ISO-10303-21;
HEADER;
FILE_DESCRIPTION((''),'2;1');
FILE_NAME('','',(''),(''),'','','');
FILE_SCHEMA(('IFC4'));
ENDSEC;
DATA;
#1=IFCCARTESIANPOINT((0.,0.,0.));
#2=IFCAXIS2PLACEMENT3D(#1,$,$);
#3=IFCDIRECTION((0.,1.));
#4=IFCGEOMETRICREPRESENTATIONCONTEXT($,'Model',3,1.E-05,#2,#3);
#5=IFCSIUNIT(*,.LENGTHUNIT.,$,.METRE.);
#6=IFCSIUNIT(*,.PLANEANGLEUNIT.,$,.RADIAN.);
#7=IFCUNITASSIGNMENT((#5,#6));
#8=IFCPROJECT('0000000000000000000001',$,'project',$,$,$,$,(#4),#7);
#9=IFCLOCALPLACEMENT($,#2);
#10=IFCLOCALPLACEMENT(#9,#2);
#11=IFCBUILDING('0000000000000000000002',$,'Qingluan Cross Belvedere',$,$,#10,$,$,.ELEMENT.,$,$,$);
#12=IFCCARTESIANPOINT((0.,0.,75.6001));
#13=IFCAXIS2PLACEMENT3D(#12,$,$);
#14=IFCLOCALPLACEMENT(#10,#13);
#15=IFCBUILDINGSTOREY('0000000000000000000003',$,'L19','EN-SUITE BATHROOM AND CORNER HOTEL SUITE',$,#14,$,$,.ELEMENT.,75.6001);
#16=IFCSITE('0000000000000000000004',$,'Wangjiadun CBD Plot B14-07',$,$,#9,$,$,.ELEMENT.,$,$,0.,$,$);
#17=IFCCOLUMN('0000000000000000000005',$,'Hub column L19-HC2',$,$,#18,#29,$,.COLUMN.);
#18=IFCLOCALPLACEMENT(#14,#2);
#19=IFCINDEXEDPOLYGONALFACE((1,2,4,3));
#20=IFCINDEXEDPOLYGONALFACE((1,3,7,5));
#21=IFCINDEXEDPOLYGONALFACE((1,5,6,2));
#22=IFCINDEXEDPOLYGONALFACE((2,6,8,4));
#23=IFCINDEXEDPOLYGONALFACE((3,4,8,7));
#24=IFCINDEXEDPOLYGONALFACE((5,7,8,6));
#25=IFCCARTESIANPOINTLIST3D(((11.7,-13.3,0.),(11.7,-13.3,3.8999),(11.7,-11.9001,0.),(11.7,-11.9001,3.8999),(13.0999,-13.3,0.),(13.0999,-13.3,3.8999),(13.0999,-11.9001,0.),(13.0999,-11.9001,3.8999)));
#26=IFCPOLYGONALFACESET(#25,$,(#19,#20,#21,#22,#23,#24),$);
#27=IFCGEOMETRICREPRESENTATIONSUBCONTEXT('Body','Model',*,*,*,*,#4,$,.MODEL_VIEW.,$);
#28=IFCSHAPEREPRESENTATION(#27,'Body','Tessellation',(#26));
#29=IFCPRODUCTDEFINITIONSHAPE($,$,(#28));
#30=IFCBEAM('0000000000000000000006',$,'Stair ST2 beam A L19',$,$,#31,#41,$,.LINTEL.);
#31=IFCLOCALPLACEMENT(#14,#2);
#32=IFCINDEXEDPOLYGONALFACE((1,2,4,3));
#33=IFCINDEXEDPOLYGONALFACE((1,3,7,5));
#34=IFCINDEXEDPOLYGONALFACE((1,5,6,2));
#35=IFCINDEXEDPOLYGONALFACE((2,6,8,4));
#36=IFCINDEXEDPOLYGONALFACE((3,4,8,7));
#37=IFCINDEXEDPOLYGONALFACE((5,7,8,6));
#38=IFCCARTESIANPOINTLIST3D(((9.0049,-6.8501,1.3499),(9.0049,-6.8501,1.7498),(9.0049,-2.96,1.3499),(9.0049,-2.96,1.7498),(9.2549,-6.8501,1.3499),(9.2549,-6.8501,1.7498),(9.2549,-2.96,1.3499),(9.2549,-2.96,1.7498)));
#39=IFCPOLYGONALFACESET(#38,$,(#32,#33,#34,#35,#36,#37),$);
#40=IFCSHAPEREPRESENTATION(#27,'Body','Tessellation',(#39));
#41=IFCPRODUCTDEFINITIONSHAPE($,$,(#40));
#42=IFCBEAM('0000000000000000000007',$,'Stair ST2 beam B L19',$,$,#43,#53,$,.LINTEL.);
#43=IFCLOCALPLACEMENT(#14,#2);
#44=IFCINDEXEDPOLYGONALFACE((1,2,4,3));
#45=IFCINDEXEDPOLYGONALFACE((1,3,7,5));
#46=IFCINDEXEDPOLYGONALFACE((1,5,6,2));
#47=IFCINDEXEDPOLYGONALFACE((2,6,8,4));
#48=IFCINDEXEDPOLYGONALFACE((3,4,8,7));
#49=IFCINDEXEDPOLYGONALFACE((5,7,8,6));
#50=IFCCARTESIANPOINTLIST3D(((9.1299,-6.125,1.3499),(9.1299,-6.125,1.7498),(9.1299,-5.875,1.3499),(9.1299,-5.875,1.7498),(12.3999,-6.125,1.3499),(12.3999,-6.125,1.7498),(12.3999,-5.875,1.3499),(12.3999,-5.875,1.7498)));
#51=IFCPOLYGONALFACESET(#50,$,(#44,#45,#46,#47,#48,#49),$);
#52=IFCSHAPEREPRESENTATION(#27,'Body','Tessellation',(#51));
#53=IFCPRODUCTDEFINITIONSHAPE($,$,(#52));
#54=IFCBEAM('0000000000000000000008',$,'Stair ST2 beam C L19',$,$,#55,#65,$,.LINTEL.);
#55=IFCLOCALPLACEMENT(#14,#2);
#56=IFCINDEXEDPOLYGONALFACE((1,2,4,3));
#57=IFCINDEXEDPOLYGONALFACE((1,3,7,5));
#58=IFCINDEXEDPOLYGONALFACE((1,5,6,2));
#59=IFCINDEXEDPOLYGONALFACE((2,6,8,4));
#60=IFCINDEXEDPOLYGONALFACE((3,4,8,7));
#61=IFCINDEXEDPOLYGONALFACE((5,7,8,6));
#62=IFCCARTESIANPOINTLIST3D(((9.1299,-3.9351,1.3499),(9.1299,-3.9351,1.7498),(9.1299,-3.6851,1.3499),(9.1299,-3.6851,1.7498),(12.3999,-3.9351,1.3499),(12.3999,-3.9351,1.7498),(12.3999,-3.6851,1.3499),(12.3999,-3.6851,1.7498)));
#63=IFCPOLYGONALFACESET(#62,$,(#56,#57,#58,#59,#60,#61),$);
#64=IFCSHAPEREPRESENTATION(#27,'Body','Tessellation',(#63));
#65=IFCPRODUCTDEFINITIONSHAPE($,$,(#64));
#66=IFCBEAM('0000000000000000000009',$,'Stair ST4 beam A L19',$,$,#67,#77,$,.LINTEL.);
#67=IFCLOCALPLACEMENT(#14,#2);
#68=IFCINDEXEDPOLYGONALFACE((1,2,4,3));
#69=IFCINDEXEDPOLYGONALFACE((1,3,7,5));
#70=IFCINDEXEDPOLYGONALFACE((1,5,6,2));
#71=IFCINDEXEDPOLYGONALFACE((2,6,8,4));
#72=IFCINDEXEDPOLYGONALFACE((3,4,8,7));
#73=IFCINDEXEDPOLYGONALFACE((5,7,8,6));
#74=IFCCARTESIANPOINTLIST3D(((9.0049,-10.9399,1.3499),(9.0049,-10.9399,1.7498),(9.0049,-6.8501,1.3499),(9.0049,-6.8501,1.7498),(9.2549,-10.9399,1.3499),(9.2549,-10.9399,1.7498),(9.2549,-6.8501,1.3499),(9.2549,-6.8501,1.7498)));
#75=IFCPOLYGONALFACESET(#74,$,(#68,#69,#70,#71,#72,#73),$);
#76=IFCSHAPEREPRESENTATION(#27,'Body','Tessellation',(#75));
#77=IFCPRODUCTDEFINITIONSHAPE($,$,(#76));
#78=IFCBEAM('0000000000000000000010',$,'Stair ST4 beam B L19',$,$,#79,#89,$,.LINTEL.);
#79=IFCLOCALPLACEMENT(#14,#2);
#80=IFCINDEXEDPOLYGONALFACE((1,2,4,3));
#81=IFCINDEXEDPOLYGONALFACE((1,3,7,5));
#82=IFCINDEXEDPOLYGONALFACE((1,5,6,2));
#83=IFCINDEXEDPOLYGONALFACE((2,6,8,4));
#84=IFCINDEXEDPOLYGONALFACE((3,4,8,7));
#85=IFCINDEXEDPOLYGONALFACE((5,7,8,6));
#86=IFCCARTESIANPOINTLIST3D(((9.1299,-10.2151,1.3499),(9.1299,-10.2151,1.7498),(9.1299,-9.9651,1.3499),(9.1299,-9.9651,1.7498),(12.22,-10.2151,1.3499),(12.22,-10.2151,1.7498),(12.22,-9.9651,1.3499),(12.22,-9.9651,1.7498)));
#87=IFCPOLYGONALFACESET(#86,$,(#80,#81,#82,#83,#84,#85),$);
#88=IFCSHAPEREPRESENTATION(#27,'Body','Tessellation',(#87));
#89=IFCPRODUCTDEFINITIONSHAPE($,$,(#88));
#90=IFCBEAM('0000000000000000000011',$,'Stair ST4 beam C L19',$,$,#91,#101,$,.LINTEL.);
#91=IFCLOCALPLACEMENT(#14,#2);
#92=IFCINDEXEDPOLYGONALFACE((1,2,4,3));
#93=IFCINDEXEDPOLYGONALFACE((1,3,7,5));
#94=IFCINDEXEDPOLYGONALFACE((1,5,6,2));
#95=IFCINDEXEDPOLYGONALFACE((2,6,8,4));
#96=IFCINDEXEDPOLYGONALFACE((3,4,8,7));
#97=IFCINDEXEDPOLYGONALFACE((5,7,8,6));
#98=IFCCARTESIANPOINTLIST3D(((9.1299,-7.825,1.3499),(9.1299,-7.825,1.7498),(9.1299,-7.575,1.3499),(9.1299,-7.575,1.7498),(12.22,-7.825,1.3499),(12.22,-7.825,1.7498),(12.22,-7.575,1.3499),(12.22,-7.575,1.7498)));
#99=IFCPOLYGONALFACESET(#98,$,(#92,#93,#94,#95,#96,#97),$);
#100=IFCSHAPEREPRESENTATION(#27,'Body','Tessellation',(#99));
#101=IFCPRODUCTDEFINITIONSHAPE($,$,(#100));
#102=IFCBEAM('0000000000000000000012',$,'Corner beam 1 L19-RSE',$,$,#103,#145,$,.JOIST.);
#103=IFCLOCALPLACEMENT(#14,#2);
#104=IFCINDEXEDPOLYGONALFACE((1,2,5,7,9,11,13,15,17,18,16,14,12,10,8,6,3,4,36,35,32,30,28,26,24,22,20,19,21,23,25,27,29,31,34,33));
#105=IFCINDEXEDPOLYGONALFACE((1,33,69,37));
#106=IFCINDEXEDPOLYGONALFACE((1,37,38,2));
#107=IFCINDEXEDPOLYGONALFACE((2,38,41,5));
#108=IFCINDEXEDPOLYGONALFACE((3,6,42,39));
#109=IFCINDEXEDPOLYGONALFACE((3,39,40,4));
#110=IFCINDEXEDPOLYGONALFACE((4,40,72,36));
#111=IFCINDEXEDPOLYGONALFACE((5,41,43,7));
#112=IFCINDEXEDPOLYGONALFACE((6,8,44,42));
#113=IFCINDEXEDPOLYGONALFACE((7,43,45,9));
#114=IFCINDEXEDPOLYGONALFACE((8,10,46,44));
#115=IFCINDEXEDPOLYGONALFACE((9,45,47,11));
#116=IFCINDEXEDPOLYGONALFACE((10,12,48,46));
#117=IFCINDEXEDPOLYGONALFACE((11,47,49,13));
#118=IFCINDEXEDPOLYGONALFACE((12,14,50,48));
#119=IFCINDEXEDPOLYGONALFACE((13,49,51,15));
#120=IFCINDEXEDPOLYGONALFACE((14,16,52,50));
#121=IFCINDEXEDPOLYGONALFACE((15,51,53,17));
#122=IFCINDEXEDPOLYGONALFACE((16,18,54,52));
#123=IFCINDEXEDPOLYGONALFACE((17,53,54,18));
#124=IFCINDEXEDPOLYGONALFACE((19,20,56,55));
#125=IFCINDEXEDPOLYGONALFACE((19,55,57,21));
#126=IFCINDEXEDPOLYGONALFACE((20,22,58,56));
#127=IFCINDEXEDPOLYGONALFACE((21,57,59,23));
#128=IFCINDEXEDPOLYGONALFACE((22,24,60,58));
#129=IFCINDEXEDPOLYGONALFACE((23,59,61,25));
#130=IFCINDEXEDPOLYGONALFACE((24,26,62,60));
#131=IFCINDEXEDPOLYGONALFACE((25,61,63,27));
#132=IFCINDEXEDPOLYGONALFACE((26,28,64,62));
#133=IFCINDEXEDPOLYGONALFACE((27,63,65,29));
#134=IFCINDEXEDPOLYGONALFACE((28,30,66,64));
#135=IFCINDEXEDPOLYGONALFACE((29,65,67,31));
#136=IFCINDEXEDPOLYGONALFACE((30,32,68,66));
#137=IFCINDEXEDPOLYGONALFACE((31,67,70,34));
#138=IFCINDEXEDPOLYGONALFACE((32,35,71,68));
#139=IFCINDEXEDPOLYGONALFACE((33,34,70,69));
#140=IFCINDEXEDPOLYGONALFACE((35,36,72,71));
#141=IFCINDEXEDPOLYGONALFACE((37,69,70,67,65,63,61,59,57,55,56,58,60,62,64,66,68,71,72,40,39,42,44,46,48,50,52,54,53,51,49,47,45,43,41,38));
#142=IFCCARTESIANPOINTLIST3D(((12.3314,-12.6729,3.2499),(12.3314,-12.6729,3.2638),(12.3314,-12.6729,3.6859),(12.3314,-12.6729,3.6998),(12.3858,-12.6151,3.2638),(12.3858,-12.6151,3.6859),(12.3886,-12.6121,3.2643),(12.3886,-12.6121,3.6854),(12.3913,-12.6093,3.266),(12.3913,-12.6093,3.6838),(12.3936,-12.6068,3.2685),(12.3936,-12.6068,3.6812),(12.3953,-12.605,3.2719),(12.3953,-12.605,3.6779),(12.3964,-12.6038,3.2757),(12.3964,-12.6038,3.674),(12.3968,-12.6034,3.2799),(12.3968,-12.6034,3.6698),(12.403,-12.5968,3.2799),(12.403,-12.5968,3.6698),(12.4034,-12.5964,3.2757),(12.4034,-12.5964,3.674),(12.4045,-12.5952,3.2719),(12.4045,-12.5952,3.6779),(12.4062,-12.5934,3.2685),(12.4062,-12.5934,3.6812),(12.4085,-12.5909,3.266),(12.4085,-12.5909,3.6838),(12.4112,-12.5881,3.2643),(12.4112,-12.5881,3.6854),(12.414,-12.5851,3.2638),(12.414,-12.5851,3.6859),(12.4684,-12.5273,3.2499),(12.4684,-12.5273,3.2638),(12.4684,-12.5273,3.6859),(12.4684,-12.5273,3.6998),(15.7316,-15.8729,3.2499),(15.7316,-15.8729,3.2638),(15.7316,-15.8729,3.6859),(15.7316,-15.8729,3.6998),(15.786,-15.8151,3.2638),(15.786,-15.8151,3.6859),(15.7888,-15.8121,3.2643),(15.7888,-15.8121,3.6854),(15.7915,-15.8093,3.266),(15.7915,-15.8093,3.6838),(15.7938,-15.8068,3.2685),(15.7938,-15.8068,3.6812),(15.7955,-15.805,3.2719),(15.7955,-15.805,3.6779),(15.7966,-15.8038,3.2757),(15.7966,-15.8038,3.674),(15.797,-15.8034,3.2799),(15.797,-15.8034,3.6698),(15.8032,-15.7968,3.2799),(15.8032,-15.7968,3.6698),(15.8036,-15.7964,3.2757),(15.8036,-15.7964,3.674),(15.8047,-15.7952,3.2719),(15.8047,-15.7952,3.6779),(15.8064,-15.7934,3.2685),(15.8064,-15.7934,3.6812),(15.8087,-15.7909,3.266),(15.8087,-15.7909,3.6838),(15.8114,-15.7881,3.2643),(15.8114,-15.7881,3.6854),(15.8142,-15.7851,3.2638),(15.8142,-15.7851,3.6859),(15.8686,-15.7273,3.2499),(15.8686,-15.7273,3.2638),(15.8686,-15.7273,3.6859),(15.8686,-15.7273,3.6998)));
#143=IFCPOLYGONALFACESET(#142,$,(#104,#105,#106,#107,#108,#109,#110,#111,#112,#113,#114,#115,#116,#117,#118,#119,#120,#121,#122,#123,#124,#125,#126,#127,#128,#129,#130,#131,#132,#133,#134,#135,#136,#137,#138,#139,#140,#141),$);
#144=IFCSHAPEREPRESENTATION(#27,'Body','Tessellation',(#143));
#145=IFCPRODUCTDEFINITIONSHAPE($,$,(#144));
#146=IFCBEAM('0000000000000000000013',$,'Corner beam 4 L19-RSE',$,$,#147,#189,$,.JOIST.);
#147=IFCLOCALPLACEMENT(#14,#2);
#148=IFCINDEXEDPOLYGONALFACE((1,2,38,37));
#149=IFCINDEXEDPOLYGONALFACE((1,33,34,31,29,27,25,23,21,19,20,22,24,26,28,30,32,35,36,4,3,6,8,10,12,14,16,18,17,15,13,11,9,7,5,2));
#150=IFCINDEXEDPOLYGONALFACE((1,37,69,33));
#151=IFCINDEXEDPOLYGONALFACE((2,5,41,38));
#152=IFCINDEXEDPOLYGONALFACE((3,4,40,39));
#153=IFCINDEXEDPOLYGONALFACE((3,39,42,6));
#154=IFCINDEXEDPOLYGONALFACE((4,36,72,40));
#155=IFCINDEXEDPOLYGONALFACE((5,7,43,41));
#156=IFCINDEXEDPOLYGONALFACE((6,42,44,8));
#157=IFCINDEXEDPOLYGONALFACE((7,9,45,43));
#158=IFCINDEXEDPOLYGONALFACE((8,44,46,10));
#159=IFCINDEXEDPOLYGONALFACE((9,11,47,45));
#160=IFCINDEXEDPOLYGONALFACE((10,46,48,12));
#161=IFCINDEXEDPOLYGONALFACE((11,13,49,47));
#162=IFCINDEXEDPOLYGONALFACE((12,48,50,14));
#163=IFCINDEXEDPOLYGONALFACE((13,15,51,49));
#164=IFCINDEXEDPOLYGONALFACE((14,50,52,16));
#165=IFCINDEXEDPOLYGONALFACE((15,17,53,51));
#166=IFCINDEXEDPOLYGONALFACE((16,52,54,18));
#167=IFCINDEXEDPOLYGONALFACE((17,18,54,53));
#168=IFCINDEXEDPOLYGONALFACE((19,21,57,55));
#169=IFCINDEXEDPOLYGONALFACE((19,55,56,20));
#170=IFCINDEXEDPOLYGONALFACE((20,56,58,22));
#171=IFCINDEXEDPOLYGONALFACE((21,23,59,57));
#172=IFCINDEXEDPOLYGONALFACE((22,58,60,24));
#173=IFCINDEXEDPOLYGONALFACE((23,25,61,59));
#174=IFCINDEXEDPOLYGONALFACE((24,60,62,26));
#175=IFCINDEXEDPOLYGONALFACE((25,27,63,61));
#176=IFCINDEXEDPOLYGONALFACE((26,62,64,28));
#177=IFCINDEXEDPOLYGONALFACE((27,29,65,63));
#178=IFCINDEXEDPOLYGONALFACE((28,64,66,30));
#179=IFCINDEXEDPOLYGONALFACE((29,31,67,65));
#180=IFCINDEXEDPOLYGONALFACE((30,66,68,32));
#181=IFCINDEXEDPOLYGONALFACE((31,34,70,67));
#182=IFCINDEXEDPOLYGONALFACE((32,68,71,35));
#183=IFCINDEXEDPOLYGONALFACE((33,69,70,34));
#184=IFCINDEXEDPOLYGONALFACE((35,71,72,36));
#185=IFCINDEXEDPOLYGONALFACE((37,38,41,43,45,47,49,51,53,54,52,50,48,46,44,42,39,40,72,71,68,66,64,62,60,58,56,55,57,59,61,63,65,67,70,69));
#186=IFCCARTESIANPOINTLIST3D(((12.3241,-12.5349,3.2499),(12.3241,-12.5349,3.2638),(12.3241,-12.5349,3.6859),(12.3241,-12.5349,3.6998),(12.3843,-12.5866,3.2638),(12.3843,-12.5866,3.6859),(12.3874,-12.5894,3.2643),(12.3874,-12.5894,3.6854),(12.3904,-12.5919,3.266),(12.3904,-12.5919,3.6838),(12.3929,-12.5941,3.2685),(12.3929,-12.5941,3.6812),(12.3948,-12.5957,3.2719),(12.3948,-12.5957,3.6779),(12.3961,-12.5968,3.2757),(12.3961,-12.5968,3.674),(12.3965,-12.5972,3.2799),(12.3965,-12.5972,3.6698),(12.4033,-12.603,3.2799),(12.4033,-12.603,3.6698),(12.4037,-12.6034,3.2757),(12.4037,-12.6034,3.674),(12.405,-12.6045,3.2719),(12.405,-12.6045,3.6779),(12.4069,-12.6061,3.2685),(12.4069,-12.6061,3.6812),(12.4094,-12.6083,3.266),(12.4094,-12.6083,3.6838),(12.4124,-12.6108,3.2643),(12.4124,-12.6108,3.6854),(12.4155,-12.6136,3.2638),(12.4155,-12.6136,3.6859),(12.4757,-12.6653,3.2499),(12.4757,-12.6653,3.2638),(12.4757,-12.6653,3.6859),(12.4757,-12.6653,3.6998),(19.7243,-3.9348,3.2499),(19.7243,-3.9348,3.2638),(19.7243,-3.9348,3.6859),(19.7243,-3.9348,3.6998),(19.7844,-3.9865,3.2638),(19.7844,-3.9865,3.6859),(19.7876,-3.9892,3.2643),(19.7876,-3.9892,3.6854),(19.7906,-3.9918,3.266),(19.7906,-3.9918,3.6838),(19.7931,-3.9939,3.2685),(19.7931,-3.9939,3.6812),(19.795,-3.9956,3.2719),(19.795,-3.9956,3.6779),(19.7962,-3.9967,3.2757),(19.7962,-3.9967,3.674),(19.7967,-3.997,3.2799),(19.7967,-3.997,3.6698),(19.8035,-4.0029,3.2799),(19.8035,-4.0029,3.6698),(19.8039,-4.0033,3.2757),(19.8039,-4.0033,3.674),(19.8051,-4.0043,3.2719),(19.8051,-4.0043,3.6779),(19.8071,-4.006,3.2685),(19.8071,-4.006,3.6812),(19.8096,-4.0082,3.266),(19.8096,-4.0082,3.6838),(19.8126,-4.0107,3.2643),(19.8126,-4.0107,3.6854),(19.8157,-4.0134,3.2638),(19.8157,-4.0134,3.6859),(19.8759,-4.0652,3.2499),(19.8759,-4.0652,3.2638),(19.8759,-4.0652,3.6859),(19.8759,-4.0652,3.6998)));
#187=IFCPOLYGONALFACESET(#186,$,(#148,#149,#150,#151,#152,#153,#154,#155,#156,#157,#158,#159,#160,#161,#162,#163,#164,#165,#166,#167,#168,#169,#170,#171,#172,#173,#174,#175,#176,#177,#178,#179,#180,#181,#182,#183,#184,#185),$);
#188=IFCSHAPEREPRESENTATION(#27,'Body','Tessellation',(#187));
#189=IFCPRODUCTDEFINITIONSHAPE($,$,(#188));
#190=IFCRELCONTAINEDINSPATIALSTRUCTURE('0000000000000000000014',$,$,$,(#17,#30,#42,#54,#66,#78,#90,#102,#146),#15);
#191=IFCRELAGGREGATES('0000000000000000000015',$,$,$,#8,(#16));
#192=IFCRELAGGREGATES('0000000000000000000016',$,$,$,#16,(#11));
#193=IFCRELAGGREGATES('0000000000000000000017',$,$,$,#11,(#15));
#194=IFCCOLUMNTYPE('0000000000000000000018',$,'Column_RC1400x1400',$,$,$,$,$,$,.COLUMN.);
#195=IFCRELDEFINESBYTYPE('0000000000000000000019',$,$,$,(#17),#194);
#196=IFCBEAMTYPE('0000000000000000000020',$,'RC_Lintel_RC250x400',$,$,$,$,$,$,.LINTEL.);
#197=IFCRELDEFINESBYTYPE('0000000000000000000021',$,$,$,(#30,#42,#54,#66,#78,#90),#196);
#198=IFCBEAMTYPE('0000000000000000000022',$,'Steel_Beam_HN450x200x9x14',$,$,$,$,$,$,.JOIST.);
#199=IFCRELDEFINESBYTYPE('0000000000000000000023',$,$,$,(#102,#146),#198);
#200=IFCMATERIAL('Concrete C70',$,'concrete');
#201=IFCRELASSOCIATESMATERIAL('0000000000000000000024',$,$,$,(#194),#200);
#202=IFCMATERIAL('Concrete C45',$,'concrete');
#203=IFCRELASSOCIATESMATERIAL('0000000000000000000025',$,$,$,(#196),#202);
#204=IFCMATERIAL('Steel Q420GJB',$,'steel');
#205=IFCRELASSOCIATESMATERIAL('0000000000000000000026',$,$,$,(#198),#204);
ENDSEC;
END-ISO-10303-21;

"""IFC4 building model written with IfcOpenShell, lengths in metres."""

from ifc_helpers import new_model, si_unit, direction, frame, origin, origin_2d, place, context, subcontext, project, spatial, rectangle, i_section, extrude, material, material_profile, profile_set, type_object, element, save


model = new_model("IFC4")

# Units and contexts
model_context = context("Model", 3, precision=1e-05, world=origin(), true_north=direction((0.0, 1.0)))
body_context = subcontext(model_context, "Body", "Model", "MODEL_VIEW")
ifc_project = project(units=[si_unit("LENGTHUNIT", "METRE"), si_unit("PLANEANGLEUNIT", "RADIAN")], contexts=[model_context])

# Site, building, storey
site_placement = place(None, origin())
site = spatial("IfcSite", under=ifc_project, at=site_placement, Name="Wangjiadun CBD Plot B14-07", CompositionType="ELEMENT", RefElevation=0.0)
building_placement = place(site_placement, origin())
building = spatial("IfcBuilding", under=site, at=building_placement, Name="Qingluan Cross Belvedere", CompositionType="ELEMENT")
storey_placement = place(building_placement, frame((0.0, 0.0, 75.6001)))
storey = spatial("IfcBuildingStorey", under=building, at=storey_placement, Name="L19", Description="EN-SUITE BATHROOM AND CORNER HOTEL SUITE", CompositionType="ELEMENT", Elevation=75.6001)

# Column
ifc_material_1 = material(Name="Concrete C70", Category="concrete")
ifc_material_profile_1 = material_profile(ifc_material_1, rectangle(XDim=1.3999, YDim=1.3999, at=origin_2d()), Name="RC1400x1400")
ifc_profile_set_1 = profile_set([ifc_material_profile_1], Name="Concrete C70")
column_type = type_object("IfcColumnType", Name="Column_RC1400x1400", PredefinedType="COLUMN", material=ifc_profile_set_1)
column_placement = place(storey_placement, frame((12.3999, -12.6001, 0.0), z_axis=(0.0, 0.0, 1.0), x_axis=(1.0, 0.0, 0.0)))
element("IfcColumn", 1, at=column_placement, inside=storey, type_object=column_type, Name="Hub column L19-HC2", PredefinedType="COLUMN", context=body_context, shape_type="SweptSolid", body=[
    extrude(rectangle(XDim=1.3999, YDim=1.3999, at=origin_2d()), origin(), (0.0, 0.0, 1.0), 3.8999),
])

# Beams
ifc_material_2 = material(Name="Concrete C45", Category="concrete")
ifc_material_profile_2 = material_profile(ifc_material_2, rectangle(XDim=0.25, YDim=0.3999, at=origin_2d()), Name="RC250x400")
ifc_profile_set_2 = profile_set([ifc_material_profile_2], Name="Concrete C45")
beam_type_1 = type_object("IfcBeamType", Name="RC_Lintel_RC250x400", PredefinedType="LINTEL", material=ifc_profile_set_2)
beam_1_placement = place(storey_placement, frame((9.1299, -6.8501, 1.5498), z_axis=(0.0, 1.0, 0.0), x_axis=(-1.0, 0.0, 0.0)))
element("IfcBeam", 2, at=beam_1_placement, inside=storey, type_object=beam_type_1, Name="Stair ST2 beam A L19", PredefinedType="LINTEL", context=body_context, shape_type="SweptSolid", body=[
    extrude(rectangle(XDim=0.25, YDim=0.3999, at=origin_2d()), origin(), (0.0, 0.0, 1.0), 3.8901),
])
for number, where, z_axis, x_axis, name in (
    (3, (12.3999, -6.0, 1.5498), (-1.0, 0.0, 0.0), (0.0, -1.0, 0.0), "Stair ST2 beam B L19"),
    (4, (12.3999, -3.8101, 1.5498), (-1.0, 0.0, 0.0), (0.0, -1.0, 0.0), "Stair ST2 beam C L19"),
):
    element("IfcBeam", number, at=place(storey_placement, frame(where, z_axis=z_axis, x_axis=x_axis)), inside=storey, type_object=beam_type_1, Name=name, PredefinedType="LINTEL", context=body_context, shape_type="SweptSolid", body=[
        extrude(rectangle(XDim=0.25, YDim=0.3999, at=origin_2d()), origin(), (0.0, 0.0, 1.0), 3.27),
    ])
beam_2_placement = place(storey_placement, frame((9.1299, -10.9399, 1.5498), z_axis=(0.0, 1.0, 0.0), x_axis=(-1.0, 0.0, 0.0)))
element("IfcBeam", 5, at=beam_2_placement, inside=storey, type_object=beam_type_1, Name="Stair ST4 beam A L19", PredefinedType="LINTEL", context=body_context, shape_type="SweptSolid", body=[
    extrude(rectangle(XDim=0.25, YDim=0.3999, at=origin_2d()), origin(), (0.0, 0.0, 1.0), 4.0898),
])
for number, where, z_axis, x_axis, name in (
    (6, (12.22, -10.0901, 1.5498), (-1.0, 0.0, 0.0), (0.0, -1.0, 0.0), "Stair ST4 beam B L19"),
    (7, (12.22, -7.7, 1.5498), (-1.0, 0.0, 0.0), (0.0, -1.0, 0.0), "Stair ST4 beam C L19"),
):
    element("IfcBeam", number, at=place(storey_placement, frame(where, z_axis=z_axis, x_axis=x_axis)), inside=storey, type_object=beam_type_1, Name=name, PredefinedType="LINTEL", context=body_context, shape_type="SweptSolid", body=[
        extrude(rectangle(XDim=0.25, YDim=0.3999, at=origin_2d()), origin(), (0.0, 0.0, 1.0), 3.0901),
    ])
ifc_material_3 = material(Name="Steel Q420GJB", Category="steel")
ifc_material_profile_3 = material_profile(ifc_material_3, i_section(OverallWidth=0.2, OverallDepth=0.45, WebThickness=0.009, FlangeThickness=0.0139, FilletRadius=0.0161, at=origin_2d()), Name="HN450x200x9x14")
ifc_profile_set_3 = profile_set([ifc_material_profile_3], Name="Steel Q420GJB")
beam_type_2 = type_object("IfcBeamType", Name="Steel_Beam_HN450x200x9x14", PredefinedType="JOIST", material=ifc_profile_set_3)
beam_3_placement = place(storey_placement, frame((12.3999, -12.6001, 3.4749), z_axis=(0.72822, -0.685343, 0.0), x_axis=(0.685343, 0.72822, 0.0)))
element("IfcBeam", 8, at=beam_3_placement, inside=storey, type_object=beam_type_2, Name="Corner beam 1 L19-RSE", PredefinedType="JOIST", context=body_context, shape_type="SweptSolid", body=[
    extrude(i_section(OverallWidth=0.2, OverallDepth=0.45, WebThickness=0.009, FlangeThickness=0.0139, FilletRadius=0.0161, at=origin_2d()), origin(), (0.0, 0.0, 1.0), 4.6692),
])
beam_4_placement = place(storey_placement, frame((12.3999, -12.6001, 3.4749), z_axis=(0.652245, 0.758008, 0.0), x_axis=(-0.758008, 0.652245, 0.0)))
element("IfcBeam", 9, at=beam_4_placement, inside=storey, type_object=beam_type_2, Name="Corner beam 4 L19-RSE", PredefinedType="JOIST", context=body_context, shape_type="SweptSolid", body=[
    extrude(i_section(OverallWidth=0.2, OverallDepth=0.45, WebThickness=0.009, FlangeThickness=0.0139, FilletRadius=0.0161, at=origin_2d()), origin(), (0.0, 0.0, 1.0), 11.3457),
])

save(model, "model.ifc")
